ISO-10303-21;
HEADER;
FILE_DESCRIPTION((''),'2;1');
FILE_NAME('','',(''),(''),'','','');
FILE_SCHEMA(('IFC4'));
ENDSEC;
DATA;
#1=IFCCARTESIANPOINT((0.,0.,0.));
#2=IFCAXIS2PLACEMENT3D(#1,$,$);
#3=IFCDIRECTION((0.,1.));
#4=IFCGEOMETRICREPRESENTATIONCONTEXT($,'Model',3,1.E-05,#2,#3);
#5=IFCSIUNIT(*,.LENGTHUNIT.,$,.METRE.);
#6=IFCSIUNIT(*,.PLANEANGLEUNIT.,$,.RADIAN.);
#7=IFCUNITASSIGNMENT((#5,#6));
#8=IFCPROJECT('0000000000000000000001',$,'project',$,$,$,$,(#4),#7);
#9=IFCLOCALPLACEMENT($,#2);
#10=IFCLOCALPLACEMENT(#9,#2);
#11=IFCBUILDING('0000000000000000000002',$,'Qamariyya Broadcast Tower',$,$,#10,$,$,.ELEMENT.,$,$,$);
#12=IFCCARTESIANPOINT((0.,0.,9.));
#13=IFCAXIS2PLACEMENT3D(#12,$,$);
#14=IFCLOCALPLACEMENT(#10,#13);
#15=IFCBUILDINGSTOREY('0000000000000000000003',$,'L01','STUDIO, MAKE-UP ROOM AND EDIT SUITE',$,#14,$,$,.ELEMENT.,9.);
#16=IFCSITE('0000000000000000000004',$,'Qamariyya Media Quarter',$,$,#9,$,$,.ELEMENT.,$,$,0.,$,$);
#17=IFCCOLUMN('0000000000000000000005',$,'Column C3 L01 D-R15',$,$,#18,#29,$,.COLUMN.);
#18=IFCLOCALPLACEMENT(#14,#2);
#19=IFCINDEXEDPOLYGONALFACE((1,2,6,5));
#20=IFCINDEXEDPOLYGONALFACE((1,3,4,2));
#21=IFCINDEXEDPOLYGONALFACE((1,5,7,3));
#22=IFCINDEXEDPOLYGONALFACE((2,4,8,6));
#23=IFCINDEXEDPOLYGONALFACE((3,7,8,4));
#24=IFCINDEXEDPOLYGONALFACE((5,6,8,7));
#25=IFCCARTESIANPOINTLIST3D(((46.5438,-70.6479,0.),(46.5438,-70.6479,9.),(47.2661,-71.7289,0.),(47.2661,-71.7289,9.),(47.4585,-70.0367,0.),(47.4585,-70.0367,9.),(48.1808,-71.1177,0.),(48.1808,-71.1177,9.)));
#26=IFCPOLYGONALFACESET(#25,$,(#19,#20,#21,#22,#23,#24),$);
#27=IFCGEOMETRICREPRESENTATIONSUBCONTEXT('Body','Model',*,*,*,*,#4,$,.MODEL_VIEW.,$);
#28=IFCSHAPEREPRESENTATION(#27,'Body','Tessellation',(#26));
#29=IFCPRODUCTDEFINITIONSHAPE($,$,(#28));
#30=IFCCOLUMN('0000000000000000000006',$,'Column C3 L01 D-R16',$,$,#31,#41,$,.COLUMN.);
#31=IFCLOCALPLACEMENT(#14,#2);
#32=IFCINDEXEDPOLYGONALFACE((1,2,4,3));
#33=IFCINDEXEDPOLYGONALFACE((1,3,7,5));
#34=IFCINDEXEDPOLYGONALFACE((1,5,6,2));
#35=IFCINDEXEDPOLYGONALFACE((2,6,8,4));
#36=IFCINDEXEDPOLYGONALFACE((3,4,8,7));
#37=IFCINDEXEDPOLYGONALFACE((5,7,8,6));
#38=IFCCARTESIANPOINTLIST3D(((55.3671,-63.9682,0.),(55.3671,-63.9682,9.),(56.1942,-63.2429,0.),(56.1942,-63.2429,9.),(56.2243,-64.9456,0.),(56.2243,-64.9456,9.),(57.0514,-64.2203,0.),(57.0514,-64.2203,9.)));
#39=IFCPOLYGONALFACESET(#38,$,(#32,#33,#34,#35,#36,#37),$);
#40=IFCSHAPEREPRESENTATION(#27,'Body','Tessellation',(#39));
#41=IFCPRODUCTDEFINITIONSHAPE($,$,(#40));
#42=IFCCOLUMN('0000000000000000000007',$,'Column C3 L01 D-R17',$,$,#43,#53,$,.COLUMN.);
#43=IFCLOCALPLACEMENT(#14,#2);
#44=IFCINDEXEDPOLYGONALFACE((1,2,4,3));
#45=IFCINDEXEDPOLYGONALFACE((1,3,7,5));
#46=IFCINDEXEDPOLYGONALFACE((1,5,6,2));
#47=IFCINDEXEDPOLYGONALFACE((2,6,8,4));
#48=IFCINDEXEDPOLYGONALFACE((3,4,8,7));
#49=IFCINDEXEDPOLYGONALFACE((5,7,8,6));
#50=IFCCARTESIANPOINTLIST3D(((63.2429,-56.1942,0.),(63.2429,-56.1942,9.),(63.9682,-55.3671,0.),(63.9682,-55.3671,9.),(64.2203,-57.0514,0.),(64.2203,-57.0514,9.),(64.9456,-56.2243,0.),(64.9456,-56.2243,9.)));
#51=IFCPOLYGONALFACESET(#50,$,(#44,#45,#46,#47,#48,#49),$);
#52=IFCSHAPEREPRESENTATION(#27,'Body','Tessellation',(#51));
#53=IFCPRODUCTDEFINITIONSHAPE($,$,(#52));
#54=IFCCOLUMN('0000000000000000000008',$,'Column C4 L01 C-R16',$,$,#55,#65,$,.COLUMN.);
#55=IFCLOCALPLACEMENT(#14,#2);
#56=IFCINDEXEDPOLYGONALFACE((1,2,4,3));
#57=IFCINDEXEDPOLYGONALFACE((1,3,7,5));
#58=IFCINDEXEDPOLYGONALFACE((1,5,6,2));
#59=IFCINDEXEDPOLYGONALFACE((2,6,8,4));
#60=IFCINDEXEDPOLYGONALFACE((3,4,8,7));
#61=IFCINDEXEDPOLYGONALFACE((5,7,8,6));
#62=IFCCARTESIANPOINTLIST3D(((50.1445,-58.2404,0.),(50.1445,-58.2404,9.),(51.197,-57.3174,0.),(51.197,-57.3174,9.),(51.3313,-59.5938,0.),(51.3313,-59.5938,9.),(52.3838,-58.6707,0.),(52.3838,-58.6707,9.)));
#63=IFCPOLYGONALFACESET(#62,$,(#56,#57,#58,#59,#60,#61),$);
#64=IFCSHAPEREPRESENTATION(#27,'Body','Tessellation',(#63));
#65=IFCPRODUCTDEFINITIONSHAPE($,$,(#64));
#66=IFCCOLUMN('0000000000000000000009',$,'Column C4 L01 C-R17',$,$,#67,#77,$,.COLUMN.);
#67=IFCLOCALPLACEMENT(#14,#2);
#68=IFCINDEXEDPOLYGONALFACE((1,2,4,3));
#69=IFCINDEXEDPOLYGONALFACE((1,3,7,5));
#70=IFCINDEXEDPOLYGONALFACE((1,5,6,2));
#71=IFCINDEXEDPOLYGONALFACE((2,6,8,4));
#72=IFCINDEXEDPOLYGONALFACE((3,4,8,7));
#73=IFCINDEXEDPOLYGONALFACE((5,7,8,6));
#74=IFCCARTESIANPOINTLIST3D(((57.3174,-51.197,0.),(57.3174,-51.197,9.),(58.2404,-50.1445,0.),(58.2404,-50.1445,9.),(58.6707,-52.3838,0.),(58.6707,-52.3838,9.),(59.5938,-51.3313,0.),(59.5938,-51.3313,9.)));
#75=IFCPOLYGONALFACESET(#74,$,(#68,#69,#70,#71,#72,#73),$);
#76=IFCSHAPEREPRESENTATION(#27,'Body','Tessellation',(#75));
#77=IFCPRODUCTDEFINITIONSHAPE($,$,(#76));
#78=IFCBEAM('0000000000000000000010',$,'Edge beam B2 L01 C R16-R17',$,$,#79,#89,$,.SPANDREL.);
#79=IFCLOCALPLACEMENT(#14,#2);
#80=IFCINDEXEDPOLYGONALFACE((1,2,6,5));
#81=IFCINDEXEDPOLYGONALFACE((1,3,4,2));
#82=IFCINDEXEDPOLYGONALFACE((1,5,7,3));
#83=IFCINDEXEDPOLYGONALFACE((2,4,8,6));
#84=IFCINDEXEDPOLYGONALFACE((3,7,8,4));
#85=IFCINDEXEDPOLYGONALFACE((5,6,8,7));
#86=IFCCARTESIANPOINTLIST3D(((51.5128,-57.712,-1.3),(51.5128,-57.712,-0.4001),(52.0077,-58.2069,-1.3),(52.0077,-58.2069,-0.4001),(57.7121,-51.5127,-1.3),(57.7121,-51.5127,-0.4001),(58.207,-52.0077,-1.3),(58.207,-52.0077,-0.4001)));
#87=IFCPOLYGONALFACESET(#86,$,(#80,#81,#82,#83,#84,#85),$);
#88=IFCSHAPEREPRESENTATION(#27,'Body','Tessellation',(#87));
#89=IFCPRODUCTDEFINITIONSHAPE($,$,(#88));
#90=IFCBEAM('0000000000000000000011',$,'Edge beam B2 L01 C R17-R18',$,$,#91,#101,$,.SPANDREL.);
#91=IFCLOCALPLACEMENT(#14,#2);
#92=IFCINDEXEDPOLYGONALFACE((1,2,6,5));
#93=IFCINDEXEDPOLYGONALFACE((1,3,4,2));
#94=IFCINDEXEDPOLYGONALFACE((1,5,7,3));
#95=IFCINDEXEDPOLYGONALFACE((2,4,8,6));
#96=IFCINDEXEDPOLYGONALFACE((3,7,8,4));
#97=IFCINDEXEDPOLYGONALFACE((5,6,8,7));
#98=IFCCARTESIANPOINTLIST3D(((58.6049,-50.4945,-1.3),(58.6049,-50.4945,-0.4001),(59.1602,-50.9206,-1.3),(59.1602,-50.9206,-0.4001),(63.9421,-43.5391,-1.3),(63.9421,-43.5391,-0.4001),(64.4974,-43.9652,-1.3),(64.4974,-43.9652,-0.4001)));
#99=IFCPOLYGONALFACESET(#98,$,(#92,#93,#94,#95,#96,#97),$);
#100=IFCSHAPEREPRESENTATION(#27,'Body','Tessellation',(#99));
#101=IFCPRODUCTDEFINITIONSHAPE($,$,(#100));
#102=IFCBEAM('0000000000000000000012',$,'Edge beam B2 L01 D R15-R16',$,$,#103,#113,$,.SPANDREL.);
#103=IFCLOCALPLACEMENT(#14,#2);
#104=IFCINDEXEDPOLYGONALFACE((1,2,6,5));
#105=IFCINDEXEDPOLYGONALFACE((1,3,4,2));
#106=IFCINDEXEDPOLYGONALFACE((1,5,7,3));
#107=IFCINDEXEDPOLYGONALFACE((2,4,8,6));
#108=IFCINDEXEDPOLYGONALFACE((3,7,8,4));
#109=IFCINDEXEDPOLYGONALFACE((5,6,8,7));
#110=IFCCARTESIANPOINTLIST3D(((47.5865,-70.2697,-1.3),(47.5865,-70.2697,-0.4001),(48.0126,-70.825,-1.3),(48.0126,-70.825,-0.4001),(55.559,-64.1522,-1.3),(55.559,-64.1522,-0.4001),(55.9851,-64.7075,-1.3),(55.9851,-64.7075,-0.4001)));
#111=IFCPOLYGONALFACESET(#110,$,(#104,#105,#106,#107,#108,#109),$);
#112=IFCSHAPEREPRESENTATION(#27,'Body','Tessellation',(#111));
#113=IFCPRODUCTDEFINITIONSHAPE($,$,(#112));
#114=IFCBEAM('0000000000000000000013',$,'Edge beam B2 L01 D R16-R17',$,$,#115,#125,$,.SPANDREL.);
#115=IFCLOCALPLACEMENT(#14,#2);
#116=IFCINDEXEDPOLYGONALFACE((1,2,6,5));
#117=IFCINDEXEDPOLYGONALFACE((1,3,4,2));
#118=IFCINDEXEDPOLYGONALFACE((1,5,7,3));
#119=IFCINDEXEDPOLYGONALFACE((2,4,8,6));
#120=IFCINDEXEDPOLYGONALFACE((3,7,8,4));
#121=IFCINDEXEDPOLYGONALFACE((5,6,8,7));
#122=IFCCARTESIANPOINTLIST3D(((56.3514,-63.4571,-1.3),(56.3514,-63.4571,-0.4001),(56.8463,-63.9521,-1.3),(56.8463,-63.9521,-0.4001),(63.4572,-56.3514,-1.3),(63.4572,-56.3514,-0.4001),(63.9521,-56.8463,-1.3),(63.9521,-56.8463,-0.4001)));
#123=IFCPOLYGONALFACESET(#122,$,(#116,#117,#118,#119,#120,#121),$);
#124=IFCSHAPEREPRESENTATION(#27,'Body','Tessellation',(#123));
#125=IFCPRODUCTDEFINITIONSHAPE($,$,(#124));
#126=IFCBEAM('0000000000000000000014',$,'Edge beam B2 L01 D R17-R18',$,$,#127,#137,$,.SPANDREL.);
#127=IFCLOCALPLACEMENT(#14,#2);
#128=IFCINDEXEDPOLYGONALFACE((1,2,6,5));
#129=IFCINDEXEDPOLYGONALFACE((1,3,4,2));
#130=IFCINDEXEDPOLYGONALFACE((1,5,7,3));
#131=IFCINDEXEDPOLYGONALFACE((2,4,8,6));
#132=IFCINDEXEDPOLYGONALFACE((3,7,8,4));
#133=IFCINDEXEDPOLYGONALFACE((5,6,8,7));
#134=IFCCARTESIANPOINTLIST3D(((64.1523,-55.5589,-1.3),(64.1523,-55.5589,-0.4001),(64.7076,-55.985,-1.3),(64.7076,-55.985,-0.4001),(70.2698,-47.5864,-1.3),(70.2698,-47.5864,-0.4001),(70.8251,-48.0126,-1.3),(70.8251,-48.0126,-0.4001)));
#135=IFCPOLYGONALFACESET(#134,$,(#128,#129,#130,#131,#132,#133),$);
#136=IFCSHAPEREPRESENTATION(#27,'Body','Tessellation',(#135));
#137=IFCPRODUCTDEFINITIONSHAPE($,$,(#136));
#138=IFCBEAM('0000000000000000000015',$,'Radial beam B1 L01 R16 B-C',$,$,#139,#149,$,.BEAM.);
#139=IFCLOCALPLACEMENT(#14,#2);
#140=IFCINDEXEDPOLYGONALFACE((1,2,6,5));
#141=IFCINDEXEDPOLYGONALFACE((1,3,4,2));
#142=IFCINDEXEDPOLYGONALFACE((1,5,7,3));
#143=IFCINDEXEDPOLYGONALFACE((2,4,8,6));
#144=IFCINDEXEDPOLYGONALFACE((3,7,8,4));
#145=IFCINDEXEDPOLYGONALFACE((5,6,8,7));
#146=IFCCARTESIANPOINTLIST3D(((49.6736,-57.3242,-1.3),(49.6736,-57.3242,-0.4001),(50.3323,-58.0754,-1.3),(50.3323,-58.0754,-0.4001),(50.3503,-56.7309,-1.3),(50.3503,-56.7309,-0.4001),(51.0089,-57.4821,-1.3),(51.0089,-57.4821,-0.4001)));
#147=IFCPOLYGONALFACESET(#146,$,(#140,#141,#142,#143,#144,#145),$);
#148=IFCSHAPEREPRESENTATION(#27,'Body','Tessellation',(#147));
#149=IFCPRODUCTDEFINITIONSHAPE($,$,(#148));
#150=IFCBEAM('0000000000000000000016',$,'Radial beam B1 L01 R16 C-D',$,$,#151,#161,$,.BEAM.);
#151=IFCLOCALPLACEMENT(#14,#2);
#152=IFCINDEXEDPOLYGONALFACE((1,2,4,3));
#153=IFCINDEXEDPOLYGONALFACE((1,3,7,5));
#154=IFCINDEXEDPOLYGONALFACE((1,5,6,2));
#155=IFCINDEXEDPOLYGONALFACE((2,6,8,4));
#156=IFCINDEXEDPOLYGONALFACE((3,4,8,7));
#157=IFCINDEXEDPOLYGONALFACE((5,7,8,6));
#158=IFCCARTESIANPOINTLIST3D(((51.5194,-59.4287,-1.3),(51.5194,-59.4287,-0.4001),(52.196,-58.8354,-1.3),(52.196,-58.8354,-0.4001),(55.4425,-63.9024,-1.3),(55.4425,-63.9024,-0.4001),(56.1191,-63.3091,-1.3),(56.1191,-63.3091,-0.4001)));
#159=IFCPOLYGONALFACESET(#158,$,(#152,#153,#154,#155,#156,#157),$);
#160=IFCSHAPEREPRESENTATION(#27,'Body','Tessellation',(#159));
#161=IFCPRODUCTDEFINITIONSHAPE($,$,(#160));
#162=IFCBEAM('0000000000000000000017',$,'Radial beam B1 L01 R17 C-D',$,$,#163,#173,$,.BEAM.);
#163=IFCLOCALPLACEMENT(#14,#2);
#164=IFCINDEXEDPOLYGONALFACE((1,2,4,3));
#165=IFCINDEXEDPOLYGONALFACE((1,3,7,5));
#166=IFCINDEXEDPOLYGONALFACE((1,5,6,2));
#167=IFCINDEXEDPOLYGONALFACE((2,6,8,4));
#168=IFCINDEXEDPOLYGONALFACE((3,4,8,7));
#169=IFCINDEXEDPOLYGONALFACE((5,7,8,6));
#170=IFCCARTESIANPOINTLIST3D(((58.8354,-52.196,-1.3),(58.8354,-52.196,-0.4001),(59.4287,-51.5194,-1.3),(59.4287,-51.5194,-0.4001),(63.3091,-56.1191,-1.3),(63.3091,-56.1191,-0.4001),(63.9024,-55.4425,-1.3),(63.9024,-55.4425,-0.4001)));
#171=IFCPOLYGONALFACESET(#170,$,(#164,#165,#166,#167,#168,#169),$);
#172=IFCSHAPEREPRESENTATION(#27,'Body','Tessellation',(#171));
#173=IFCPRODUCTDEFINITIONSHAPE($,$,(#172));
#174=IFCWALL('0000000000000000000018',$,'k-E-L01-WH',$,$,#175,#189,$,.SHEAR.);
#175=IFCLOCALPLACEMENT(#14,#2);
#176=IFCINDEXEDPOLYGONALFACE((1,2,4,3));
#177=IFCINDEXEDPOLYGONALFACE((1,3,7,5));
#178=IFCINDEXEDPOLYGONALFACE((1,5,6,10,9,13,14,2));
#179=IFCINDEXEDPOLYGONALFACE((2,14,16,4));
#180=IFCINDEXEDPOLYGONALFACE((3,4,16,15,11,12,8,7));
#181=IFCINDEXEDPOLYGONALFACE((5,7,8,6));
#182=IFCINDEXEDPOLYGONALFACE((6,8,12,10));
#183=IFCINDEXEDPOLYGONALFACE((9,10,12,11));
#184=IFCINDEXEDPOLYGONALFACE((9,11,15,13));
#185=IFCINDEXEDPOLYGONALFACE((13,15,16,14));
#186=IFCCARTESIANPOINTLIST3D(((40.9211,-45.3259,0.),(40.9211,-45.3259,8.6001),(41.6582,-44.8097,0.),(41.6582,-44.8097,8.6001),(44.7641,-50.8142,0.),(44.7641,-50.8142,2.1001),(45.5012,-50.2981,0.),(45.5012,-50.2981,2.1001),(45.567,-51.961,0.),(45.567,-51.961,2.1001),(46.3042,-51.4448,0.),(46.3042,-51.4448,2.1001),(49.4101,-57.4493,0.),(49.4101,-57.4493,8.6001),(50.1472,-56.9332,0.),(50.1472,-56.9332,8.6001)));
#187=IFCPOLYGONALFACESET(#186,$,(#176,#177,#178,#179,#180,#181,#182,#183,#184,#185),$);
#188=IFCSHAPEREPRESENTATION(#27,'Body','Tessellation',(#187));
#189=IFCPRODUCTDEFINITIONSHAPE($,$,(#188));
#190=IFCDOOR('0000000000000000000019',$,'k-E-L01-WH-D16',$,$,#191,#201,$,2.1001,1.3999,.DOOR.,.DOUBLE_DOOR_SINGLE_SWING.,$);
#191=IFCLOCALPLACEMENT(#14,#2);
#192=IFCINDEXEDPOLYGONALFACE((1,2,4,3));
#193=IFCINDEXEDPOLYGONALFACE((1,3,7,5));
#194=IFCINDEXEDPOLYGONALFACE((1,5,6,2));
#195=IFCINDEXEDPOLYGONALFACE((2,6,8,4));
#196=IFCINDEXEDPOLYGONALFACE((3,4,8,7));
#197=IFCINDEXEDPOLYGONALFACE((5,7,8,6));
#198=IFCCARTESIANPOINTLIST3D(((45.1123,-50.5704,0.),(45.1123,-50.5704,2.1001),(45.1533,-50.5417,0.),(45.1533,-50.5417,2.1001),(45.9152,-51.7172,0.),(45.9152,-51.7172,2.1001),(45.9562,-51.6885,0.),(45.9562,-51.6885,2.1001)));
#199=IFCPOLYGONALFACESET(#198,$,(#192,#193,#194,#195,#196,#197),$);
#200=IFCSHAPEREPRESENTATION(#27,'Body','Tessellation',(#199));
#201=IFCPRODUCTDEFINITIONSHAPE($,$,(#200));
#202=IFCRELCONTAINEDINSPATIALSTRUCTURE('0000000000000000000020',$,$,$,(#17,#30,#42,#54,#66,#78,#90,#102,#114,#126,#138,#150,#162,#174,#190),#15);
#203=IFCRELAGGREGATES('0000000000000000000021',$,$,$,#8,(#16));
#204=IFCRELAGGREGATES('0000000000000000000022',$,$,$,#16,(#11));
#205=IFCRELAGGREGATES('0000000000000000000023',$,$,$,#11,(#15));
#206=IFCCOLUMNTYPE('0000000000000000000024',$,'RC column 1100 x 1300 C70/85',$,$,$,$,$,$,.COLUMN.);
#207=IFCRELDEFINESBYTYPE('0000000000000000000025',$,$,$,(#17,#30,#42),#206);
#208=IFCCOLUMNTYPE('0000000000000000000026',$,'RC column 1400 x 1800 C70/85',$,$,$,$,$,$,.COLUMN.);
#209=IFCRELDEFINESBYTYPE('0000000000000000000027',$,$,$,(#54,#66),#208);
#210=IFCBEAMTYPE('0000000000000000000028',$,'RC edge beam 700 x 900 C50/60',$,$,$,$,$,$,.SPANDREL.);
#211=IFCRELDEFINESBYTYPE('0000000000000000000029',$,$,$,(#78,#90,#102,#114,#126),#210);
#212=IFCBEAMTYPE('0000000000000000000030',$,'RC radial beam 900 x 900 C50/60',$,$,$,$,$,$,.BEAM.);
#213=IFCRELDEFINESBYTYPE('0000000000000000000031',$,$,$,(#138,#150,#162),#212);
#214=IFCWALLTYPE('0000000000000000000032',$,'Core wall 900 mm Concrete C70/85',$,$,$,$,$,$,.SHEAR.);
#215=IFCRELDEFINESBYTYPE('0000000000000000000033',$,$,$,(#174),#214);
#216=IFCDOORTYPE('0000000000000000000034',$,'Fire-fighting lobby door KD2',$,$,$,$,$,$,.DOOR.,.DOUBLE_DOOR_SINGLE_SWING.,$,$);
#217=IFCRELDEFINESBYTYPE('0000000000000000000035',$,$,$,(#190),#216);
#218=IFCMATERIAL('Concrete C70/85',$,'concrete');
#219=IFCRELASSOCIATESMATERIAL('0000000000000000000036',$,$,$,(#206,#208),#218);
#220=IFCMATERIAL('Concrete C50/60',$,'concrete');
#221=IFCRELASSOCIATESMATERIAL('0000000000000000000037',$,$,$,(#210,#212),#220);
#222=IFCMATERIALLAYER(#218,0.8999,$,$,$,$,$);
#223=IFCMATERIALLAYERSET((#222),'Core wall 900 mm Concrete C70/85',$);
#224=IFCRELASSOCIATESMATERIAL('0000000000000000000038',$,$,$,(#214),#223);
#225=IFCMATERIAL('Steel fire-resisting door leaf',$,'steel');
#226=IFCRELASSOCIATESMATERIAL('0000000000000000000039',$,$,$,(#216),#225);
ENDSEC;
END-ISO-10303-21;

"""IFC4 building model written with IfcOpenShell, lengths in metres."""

from ifc_helpers import new_model, si_unit, direction, frame, frame_2d, origin, origin_2d, place, context, subcontext, project, spatial, rectangle, extrude, material, layer, layer_set, material_profile, profile_set, type_object, element, fill, save


model = new_model("IFC4")

# Units and contexts
model_context = context("Model", 3, precision=1e-05, world=origin(), true_north=direction((0.0, 1.0)))
body_context = subcontext(model_context, "Body", "Model", "MODEL_VIEW")
ifc_project = project(units=[si_unit("LENGTHUNIT", "METRE"), si_unit("PLANEANGLEUNIT", "RADIAN")], contexts=[model_context])

# Site, building, storey
site_placement = place(None, origin())
site = spatial("IfcSite", under=ifc_project, at=site_placement, Name="Qamariyya Media Quarter", CompositionType="ELEMENT", RefElevation=0.0)
building_placement = place(site_placement, origin())
building = spatial("IfcBuilding", under=site, at=building_placement, Name="Qamariyya Broadcast Tower", CompositionType="ELEMENT")
storey_placement = place(building_placement, frame((0.0, 0.0, 9.0)))
storey = spatial("IfcBuildingStorey", under=building, at=storey_placement, Name="L01", Description="STUDIO, MAKE-UP ROOM AND EDIT SUITE", CompositionType="ELEMENT", Elevation=9.0)

# Columns
ifc_material_1 = material(Name="Concrete C70/85", Category="concrete")
ifc_material_profile_1 = material_profile(ifc_material_1, rectangle(XDim=1.1001, YDim=1.3, at=origin_2d()))
ifc_profile_set_1 = profile_set([ifc_material_profile_1], Name="Concrete C70/85")
column_type_1 = type_object("IfcColumnType", Name="RC column 1100 x 1300 C70/85", PredefinedType="COLUMN", material=ifc_profile_set_1)
for number, where, z_axis, x_axis, name in (
    (1, (47.3623, -70.8828, 0.0), (0.0, 0.0, 1.0), (0.83147, 0.55557, 0.0), "Column C3 L01 D-R15"),
    (2, (56.2092, -64.0942, 0.0), (0.0, 0.0, 1.0), (0.75184, 0.659346, 0.0), "Column C3 L01 D-R16"),
    (3, (64.0942, -56.2092, 0.0), (0.0, 0.0, 1.0), (0.659346, 0.75184, 0.0), "Column C3 L01 D-R17"),
):
    element("IfcColumn", number, at=place(storey_placement, frame(where, z_axis=z_axis, x_axis=x_axis)), inside=storey, type_object=column_type_1, Name=name, PredefinedType="COLUMN", context=body_context, shape_type="SweptSolid", body=[
        extrude(rectangle(XDim=1.1001, YDim=1.3, at=origin_2d()), origin(), (0.0, 0.0, 1.0), 9.0),
    ])
ifc_material_profile_2 = material_profile(ifc_material_1, rectangle(XDim=1.3999, YDim=1.8, at=origin_2d()))
ifc_profile_set_2 = profile_set([ifc_material_profile_2], Name="Concrete C70/85")
column_type_2 = type_object("IfcColumnType", Name="RC column 1400 x 1800 C70/85", PredefinedType="COLUMN", material=ifc_profile_set_2)
for number, where, z_axis, x_axis, name in (
    (4, (51.2642, -58.4556, 0.0), (0.0, 0.0, 1.0), (0.75184, 0.659346, 0.0), "Column C4 L01 C-R16"),
    (5, (58.4556, -51.2642, 0.0), (0.0, 0.0, 1.0), (0.659346, 0.75184, 0.0), "Column C4 L01 C-R17"),
):
    element("IfcColumn", number, at=place(storey_placement, frame(where, z_axis=z_axis, x_axis=x_axis)), inside=storey, type_object=column_type_2, Name=name, PredefinedType="COLUMN", context=body_context, shape_type="SweptSolid", body=[
        extrude(rectangle(XDim=1.3999, YDim=1.8, at=origin_2d()), origin(), (0.0, 0.0, 1.0), 9.0),
    ])

# Beams
ifc_material_2 = material(Name="Concrete C50/60", Category="concrete")
ifc_material_profile_3 = material_profile(ifc_material_2, rectangle(XDim=0.7, YDim=0.8999, at=origin_2d()))
ifc_profile_set_3 = profile_set([ifc_material_profile_3], Name="Concrete C50/60")
beam_type_1 = type_object("IfcBeamType", Name="RC edge beam 700 x 900 C50/60", PredefinedType="SPANDREL", material=ifc_profile_set_3)
for number, where, z_axis, x_axis, name in (
    (6, (51.7603, -57.9595, -0.8501), (0.707107, 0.707107, 0.0), (-0.707107, 0.707107, 0.0), "Edge beam B2 L01 C R16-R17"),
    (7, (58.8826, -50.7075, -0.8501), (0.608772, 0.793345, 0.0), (-0.793345, 0.608772, 0.0), "Edge beam B2 L01 C R17-R18"),
):
    element("IfcBeam", number, at=place(storey_placement, frame(where, z_axis=z_axis, x_axis=x_axis)), inside=storey, type_object=beam_type_1, Name=name, PredefinedType="SPANDREL", context=body_context, shape_type="SweptSolid", body=[
        extrude(rectangle(XDim=0.7, YDim=0.8999, at=origin_2d()), origin(), (0.0, 0.0, 1.0), 8.7671),
    ])
for number, where, z_axis, x_axis, name in (
    (8, (47.7996, -70.5474, -0.8501), (0.793354, 0.60876, 0.0), (-0.60876, 0.793354, 0.0), "Edge beam B2 L01 D R15-R16"),
    (9, (56.5989, -63.7046, -0.8501), (0.707107, 0.707107, 0.0), (-0.707107, 0.707107, 0.0), "Edge beam B2 L01 D R16-R17"),
    (10, (64.4299, -55.772, -0.8501), (0.60876, 0.793354, 0.0), (-0.793354, 0.60876, 0.0), "Edge beam B2 L01 D R17-R18"),
):
    element("IfcBeam", number, at=place(storey_placement, frame(where, z_axis=z_axis, x_axis=x_axis)), inside=storey, type_object=beam_type_1, Name=name, PredefinedType="SPANDREL", context=body_context, shape_type="SweptSolid", body=[
        extrude(rectangle(XDim=0.7, YDim=0.8999, at=origin_2d()), origin(), (0.0, 0.0, 1.0), 10.0491),
    ])
ifc_material_profile_4 = material_profile(ifc_material_2, rectangle(XDim=0.8999, YDim=0.8999, at=origin_2d()))
ifc_profile_set_4 = profile_set([ifc_material_profile_4], Name="Concrete C50/60")
beam_type_2 = type_object("IfcBeamType", Name="RC radial beam 900 x 900 C50/60", PredefinedType="BEAM", material=ifc_profile_set_4)
beam_placement = place(storey_placement, frame((50.012, -57.0276, -0.8501), z_axis=(0.659283, -0.751895, 0.0), x_axis=(0.751895, 0.659283, 0.0)))
element("IfcBeam", 11, at=beam_placement, inside=storey, type_object=beam_type_2, Name="Radial beam B1 L01 R16 B-C", PredefinedType="BEAM", context=body_context, shape_type="SweptSolid", body=[
    extrude(rectangle(XDim=0.8999, YDim=0.8999, at=origin_2d()), origin(), (0.0, 0.0, 1.0), 0.999),
])
for number, where, z_axis, x_axis, name in (
    (12, (51.8577, -59.1321, -0.8501), (0.659329, -0.751854, 0.0), (0.751854, 0.659329, 0.0), "Radial beam B1 L01 R16 C-D"),
    (13, (59.1321, -51.8577, -0.8501), (0.751854, -0.659329, 0.0), (0.659329, 0.751854, 0.0), "Radial beam B1 L01 R17 C-D"),
):
    element("IfcBeam", number, at=place(storey_placement, frame(where, z_axis=z_axis, x_axis=x_axis)), inside=storey, type_object=beam_type_2, Name=name, PredefinedType="BEAM", context=body_context, shape_type="SweptSolid", body=[
        extrude(rectangle(XDim=0.8999, YDim=0.8999, at=origin_2d()), origin(), (0.0, 0.0, 1.0), 5.9502),
    ])

# Wall, opening, door
ifc_layer_1 = layer(ifc_material_1, 0.8999)
ifc_layer_set_1 = layer_set([ifc_layer_1], Name="Core wall 900 mm Concrete C70/85")
wall_type_1 = type_object("IfcWallType", Name="Core wall 900 mm Concrete C70/85", PredefinedType="SHEAR", material=ifc_layer_set_1)
wall_1_placement = place(storey_placement, frame((49.7786, -57.1912, 0.0), z_axis=(0.0, 0.0, 1.0), x_axis=(-0.573577, 0.819151, 0.0)))
wall_1 = element("IfcWall", 14, at=wall_1_placement, inside=storey, type_object=wall_type_1, Name="k-E-L01-WH", PredefinedType="SHEAR", context=body_context, shape_type="SweptSolid", body=[
    extrude(rectangle(XDim=14.8, YDim=0.8999, at=frame_2d((7.3999, 0.0))), origin(), (0.0, 0.0, 1.0), 8.6001),
])
opening_1_placement = place(wall_1_placement, frame((6.7, 0.0, 0.0)))
opening_1 = element("IfcOpeningElement", 15, at=opening_1_placement, cuts=wall_1, PredefinedType="OPENING", context=body_context, shape_type="SweptSolid", body=[
    extrude(rectangle(XDim=1.3999, YDim=2.1001, at=frame_2d((0.7, 1.05))), frame((0.0, 0.46, 0.0), z_axis=(0.0, -1.0, 0.0), x_axis=(1.0, 0.0, 0.0)), (0.0, 0.0, 1.0), 0.9199),
])
ifc_material_3 = material(Name="Steel fire-resisting door leaf", Category="steel")
door_type_1 = type_object("IfcDoorType", Name="Fire-fighting lobby door KD2", OperationType="DOUBLE_DOOR_SINGLE_SWING", PredefinedType="DOOR", material=ifc_material_3)
door_1_placement = place(opening_1_placement, origin())
door_1 = element("IfcDoor", 16, at=door_1_placement, inside=storey, type_object=door_type_1, Name="k-E-L01-WH-D16", OperationType="DOUBLE_DOOR_SINGLE_SWING", OverallHeight=2.1001, OverallWidth=1.3999, PredefinedType="DOOR", context=body_context, shape_type="SweptSolid", body=[
    extrude(rectangle(XDim=1.3999, YDim=2.1001, at=frame_2d((0.7, 1.05))), frame((0.0, 0.0249, 0.0), z_axis=(0.0, -1.0, 0.0), x_axis=(1.0, 0.0, 0.0)), (0.0, 0.0, 1.0), 0.05),
])
fill(opening_1, door_1)

save(model, "model.ifc")
